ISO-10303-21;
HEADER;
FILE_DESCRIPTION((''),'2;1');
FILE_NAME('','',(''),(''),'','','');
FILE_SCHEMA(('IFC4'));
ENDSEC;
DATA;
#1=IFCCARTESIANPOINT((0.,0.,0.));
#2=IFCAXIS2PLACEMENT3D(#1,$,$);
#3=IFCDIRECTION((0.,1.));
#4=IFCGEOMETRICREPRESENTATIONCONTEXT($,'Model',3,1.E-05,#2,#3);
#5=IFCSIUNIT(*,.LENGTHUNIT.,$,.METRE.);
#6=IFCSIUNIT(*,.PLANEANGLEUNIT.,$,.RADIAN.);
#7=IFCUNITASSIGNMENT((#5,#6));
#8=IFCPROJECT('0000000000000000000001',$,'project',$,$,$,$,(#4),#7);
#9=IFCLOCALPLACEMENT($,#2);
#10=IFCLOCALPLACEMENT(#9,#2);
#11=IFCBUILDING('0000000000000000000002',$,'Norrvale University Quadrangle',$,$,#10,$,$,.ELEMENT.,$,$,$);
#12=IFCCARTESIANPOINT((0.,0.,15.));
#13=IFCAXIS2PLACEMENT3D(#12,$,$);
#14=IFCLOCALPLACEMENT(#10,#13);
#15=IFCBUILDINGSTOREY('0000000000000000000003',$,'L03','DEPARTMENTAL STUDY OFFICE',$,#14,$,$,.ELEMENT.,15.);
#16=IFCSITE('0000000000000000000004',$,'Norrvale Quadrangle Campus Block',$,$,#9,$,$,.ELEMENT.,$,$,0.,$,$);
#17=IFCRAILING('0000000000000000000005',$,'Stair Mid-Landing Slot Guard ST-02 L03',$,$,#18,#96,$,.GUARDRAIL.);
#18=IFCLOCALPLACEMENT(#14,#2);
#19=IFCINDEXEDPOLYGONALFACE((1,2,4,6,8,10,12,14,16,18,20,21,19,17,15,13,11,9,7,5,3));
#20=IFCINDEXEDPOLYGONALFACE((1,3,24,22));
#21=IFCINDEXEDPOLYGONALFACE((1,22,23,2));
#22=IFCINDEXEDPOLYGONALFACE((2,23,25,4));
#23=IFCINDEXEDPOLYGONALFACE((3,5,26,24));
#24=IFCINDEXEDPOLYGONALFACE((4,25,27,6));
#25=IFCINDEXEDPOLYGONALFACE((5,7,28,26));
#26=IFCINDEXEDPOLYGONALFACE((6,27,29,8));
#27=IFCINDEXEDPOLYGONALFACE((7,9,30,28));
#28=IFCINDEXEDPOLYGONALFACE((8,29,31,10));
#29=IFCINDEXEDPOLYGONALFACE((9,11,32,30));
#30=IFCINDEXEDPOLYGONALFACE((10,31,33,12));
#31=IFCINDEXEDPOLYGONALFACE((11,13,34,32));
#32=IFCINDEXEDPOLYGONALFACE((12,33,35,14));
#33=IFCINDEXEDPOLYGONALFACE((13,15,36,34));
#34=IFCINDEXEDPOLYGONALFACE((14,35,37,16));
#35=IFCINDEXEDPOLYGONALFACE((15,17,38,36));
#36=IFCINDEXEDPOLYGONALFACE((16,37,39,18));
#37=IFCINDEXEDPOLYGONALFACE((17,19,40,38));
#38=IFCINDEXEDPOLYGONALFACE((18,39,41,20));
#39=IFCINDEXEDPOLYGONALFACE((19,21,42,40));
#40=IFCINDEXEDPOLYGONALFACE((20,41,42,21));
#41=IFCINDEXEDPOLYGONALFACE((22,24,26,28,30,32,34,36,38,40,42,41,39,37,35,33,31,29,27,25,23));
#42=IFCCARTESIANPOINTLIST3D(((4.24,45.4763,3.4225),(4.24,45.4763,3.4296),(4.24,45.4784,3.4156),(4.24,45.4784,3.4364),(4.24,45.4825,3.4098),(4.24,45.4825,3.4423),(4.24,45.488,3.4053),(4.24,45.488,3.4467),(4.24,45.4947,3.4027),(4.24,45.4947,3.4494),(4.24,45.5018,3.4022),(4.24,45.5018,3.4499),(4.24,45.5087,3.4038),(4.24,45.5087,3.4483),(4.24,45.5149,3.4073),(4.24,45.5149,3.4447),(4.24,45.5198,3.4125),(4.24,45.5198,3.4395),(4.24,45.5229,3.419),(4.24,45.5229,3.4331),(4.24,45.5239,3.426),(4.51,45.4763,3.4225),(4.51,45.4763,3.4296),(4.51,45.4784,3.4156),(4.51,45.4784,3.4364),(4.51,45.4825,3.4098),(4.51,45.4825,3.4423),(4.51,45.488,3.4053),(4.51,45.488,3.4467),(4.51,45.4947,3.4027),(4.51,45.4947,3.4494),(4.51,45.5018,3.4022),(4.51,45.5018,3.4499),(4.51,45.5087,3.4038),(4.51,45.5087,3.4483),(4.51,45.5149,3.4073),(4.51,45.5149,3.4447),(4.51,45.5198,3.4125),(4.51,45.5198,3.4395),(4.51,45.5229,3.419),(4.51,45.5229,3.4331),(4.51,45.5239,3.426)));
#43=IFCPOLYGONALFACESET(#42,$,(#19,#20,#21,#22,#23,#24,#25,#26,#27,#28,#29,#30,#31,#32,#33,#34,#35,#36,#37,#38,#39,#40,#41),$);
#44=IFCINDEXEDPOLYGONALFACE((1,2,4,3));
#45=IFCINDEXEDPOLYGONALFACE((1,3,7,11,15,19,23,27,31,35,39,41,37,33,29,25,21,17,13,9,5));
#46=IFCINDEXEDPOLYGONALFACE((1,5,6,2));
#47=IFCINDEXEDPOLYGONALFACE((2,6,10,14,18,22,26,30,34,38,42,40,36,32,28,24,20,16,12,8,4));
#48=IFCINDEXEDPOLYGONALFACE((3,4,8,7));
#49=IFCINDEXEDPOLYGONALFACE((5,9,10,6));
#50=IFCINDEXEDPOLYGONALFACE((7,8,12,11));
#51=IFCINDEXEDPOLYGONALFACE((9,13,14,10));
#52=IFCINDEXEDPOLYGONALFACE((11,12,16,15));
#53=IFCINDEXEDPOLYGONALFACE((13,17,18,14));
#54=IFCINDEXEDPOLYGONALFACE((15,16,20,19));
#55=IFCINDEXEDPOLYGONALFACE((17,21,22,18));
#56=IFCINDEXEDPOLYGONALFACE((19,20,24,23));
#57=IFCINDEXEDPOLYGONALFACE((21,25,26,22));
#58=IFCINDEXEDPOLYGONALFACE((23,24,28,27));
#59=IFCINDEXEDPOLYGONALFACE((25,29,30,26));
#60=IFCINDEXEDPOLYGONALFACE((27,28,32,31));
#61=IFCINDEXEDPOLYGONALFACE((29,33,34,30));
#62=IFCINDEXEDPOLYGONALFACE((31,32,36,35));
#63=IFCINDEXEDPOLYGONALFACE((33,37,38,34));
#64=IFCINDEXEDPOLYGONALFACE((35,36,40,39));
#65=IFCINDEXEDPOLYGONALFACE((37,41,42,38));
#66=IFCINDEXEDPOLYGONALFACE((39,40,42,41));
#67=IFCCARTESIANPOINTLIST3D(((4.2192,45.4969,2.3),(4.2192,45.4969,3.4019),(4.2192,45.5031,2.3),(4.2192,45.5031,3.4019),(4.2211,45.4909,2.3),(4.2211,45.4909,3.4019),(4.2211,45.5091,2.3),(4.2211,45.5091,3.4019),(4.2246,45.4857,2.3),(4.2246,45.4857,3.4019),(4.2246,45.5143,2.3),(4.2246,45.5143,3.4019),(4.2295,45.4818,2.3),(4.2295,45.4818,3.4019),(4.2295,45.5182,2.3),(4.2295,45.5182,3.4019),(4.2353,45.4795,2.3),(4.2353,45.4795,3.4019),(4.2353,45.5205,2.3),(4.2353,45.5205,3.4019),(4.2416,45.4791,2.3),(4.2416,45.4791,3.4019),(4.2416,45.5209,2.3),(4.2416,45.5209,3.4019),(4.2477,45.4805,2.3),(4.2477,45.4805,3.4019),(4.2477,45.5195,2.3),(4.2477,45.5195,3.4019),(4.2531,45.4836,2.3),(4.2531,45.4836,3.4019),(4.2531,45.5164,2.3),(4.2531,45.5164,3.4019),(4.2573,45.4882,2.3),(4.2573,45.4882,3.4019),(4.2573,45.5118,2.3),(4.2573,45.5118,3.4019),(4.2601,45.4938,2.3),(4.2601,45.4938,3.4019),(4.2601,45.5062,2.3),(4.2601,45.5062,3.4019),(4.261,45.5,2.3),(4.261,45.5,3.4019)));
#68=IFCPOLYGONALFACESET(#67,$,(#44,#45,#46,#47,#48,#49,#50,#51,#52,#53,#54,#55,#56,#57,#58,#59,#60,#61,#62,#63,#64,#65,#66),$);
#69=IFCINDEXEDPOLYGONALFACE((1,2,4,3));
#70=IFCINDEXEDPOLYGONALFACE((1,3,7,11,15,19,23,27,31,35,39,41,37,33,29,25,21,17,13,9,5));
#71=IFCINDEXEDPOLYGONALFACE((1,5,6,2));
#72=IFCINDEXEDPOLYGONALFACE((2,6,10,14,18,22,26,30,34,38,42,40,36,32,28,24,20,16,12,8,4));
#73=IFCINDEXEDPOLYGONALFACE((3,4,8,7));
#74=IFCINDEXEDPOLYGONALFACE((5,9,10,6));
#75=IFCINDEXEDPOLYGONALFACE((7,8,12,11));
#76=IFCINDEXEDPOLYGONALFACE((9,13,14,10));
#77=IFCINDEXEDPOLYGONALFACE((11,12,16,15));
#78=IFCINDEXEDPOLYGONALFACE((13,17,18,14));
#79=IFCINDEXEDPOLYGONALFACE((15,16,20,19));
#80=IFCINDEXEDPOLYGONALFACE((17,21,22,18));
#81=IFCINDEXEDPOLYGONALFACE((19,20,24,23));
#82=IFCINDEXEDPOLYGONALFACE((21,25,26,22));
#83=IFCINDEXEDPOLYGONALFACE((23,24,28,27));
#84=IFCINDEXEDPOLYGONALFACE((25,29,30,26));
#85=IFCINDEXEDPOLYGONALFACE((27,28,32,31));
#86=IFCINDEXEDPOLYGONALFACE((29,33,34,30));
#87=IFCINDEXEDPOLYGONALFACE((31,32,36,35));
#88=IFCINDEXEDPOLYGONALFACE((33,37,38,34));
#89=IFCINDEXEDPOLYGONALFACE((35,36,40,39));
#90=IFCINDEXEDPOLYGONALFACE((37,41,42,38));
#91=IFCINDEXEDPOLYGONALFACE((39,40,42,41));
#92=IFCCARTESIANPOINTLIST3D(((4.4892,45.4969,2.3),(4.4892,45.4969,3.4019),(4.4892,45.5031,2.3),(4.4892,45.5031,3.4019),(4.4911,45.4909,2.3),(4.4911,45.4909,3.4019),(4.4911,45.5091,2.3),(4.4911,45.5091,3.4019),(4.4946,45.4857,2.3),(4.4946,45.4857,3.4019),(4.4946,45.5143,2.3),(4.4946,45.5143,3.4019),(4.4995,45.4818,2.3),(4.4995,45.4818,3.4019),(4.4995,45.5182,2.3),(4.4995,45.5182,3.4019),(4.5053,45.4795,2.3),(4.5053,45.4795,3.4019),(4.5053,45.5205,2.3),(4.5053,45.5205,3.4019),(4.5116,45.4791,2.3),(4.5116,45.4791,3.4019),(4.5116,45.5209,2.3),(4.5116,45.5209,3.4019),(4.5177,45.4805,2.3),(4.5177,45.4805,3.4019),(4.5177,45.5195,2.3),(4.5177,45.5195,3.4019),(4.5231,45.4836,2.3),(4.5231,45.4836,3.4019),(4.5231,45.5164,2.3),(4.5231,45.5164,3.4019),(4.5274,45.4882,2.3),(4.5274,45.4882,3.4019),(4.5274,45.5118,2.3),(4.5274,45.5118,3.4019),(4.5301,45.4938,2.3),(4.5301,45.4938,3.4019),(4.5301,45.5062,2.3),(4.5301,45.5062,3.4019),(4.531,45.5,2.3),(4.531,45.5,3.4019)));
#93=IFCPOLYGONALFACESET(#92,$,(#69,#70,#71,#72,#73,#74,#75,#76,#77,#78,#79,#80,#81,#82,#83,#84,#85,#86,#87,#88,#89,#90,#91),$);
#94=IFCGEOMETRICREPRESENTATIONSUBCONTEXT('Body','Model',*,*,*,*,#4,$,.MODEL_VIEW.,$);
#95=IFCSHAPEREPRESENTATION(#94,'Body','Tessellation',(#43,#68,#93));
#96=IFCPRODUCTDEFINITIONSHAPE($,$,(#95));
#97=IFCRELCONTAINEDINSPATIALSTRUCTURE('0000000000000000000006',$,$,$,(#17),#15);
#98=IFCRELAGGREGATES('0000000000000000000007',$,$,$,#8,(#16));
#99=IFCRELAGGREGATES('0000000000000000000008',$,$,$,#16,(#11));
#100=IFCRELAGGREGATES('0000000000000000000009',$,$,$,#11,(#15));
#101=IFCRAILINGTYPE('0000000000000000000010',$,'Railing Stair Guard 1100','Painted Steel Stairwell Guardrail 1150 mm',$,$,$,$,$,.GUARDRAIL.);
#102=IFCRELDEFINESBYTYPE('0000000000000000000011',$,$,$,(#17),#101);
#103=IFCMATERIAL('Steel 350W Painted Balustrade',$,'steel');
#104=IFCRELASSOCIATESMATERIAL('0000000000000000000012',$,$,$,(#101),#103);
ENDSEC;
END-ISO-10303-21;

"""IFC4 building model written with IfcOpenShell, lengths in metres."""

from ifc_helpers import new_model, si_unit, direction, frame, origin, origin_2d, place, context, subcontext, project, spatial, circle, extrude, material, type_object, element, save


model = new_model("IFC4")

# Units and contexts
model_context = context("Model", 3, precision=1e-05, world=origin(), true_north=direction((0.0, 1.0)))
body_context = subcontext(model_context, "Body", "Model", "MODEL_VIEW")
ifc_project = project(units=[si_unit("LENGTHUNIT", "METRE"), si_unit("PLANEANGLEUNIT", "RADIAN")], contexts=[model_context])

# Site, building, storey
site_placement = place(None, origin())
site = spatial("IfcSite", under=ifc_project, at=site_placement, Name="Norrvale Quadrangle Campus Block", CompositionType="ELEMENT", RefElevation=0.0)
building_placement = place(site_placement, origin())
building = spatial("IfcBuilding", under=site, at=building_placement, Name="Norrvale University Quadrangle", CompositionType="ELEMENT")
storey_placement = place(building_placement, frame((0.0, 0.0, 15.0)))
storey = spatial("IfcBuildingStorey", under=building, at=storey_placement, Name="L03", Description="DEPARTMENTAL STUDY OFFICE", CompositionType="ELEMENT", Elevation=15.0)

# Railing
ifc_material_1 = material(Name="Steel 350W Painted Balustrade", Category="steel")
railing_type_1 = type_object("IfcRailingType", Name="Railing Stair Guard 1100", Description="Painted Steel Stairwell Guardrail 1150 mm", PredefinedType="GUARDRAIL", material=ifc_material_1)
for number, where, name in (
    (1, (4.24, 45.5, 2.3), "Stair Mid-Landing Slot Guard ST-02 L03"),
):
    element("IfcRailing", number, at=place(storey_placement, frame(where)), inside=storey, type_object=railing_type_1, Name=name, PredefinedType="GUARDRAIL", context=body_context, shape_type="SweptSolid", body=[
        extrude(circle(Radius=0.0239, at=origin_2d()), frame((0.0, 0.0, 1.126), z_axis=(1.0, 0.0, 0.0), x_axis=(0.0, 1.0, 0.0)), (0.0, 0.0, 1.0), 0.27),
        extrude(circle(Radius=0.021, at=origin_2d()), origin(), (0.0, 0.0, 1.0), 1.1018),
        extrude(circle(Radius=0.021, at=origin_2d()), frame((0.27, 0.0, 0.0)), (0.0, 0.0, 1.0), 1.1018),
    ])

save(model, "model.ifc")
